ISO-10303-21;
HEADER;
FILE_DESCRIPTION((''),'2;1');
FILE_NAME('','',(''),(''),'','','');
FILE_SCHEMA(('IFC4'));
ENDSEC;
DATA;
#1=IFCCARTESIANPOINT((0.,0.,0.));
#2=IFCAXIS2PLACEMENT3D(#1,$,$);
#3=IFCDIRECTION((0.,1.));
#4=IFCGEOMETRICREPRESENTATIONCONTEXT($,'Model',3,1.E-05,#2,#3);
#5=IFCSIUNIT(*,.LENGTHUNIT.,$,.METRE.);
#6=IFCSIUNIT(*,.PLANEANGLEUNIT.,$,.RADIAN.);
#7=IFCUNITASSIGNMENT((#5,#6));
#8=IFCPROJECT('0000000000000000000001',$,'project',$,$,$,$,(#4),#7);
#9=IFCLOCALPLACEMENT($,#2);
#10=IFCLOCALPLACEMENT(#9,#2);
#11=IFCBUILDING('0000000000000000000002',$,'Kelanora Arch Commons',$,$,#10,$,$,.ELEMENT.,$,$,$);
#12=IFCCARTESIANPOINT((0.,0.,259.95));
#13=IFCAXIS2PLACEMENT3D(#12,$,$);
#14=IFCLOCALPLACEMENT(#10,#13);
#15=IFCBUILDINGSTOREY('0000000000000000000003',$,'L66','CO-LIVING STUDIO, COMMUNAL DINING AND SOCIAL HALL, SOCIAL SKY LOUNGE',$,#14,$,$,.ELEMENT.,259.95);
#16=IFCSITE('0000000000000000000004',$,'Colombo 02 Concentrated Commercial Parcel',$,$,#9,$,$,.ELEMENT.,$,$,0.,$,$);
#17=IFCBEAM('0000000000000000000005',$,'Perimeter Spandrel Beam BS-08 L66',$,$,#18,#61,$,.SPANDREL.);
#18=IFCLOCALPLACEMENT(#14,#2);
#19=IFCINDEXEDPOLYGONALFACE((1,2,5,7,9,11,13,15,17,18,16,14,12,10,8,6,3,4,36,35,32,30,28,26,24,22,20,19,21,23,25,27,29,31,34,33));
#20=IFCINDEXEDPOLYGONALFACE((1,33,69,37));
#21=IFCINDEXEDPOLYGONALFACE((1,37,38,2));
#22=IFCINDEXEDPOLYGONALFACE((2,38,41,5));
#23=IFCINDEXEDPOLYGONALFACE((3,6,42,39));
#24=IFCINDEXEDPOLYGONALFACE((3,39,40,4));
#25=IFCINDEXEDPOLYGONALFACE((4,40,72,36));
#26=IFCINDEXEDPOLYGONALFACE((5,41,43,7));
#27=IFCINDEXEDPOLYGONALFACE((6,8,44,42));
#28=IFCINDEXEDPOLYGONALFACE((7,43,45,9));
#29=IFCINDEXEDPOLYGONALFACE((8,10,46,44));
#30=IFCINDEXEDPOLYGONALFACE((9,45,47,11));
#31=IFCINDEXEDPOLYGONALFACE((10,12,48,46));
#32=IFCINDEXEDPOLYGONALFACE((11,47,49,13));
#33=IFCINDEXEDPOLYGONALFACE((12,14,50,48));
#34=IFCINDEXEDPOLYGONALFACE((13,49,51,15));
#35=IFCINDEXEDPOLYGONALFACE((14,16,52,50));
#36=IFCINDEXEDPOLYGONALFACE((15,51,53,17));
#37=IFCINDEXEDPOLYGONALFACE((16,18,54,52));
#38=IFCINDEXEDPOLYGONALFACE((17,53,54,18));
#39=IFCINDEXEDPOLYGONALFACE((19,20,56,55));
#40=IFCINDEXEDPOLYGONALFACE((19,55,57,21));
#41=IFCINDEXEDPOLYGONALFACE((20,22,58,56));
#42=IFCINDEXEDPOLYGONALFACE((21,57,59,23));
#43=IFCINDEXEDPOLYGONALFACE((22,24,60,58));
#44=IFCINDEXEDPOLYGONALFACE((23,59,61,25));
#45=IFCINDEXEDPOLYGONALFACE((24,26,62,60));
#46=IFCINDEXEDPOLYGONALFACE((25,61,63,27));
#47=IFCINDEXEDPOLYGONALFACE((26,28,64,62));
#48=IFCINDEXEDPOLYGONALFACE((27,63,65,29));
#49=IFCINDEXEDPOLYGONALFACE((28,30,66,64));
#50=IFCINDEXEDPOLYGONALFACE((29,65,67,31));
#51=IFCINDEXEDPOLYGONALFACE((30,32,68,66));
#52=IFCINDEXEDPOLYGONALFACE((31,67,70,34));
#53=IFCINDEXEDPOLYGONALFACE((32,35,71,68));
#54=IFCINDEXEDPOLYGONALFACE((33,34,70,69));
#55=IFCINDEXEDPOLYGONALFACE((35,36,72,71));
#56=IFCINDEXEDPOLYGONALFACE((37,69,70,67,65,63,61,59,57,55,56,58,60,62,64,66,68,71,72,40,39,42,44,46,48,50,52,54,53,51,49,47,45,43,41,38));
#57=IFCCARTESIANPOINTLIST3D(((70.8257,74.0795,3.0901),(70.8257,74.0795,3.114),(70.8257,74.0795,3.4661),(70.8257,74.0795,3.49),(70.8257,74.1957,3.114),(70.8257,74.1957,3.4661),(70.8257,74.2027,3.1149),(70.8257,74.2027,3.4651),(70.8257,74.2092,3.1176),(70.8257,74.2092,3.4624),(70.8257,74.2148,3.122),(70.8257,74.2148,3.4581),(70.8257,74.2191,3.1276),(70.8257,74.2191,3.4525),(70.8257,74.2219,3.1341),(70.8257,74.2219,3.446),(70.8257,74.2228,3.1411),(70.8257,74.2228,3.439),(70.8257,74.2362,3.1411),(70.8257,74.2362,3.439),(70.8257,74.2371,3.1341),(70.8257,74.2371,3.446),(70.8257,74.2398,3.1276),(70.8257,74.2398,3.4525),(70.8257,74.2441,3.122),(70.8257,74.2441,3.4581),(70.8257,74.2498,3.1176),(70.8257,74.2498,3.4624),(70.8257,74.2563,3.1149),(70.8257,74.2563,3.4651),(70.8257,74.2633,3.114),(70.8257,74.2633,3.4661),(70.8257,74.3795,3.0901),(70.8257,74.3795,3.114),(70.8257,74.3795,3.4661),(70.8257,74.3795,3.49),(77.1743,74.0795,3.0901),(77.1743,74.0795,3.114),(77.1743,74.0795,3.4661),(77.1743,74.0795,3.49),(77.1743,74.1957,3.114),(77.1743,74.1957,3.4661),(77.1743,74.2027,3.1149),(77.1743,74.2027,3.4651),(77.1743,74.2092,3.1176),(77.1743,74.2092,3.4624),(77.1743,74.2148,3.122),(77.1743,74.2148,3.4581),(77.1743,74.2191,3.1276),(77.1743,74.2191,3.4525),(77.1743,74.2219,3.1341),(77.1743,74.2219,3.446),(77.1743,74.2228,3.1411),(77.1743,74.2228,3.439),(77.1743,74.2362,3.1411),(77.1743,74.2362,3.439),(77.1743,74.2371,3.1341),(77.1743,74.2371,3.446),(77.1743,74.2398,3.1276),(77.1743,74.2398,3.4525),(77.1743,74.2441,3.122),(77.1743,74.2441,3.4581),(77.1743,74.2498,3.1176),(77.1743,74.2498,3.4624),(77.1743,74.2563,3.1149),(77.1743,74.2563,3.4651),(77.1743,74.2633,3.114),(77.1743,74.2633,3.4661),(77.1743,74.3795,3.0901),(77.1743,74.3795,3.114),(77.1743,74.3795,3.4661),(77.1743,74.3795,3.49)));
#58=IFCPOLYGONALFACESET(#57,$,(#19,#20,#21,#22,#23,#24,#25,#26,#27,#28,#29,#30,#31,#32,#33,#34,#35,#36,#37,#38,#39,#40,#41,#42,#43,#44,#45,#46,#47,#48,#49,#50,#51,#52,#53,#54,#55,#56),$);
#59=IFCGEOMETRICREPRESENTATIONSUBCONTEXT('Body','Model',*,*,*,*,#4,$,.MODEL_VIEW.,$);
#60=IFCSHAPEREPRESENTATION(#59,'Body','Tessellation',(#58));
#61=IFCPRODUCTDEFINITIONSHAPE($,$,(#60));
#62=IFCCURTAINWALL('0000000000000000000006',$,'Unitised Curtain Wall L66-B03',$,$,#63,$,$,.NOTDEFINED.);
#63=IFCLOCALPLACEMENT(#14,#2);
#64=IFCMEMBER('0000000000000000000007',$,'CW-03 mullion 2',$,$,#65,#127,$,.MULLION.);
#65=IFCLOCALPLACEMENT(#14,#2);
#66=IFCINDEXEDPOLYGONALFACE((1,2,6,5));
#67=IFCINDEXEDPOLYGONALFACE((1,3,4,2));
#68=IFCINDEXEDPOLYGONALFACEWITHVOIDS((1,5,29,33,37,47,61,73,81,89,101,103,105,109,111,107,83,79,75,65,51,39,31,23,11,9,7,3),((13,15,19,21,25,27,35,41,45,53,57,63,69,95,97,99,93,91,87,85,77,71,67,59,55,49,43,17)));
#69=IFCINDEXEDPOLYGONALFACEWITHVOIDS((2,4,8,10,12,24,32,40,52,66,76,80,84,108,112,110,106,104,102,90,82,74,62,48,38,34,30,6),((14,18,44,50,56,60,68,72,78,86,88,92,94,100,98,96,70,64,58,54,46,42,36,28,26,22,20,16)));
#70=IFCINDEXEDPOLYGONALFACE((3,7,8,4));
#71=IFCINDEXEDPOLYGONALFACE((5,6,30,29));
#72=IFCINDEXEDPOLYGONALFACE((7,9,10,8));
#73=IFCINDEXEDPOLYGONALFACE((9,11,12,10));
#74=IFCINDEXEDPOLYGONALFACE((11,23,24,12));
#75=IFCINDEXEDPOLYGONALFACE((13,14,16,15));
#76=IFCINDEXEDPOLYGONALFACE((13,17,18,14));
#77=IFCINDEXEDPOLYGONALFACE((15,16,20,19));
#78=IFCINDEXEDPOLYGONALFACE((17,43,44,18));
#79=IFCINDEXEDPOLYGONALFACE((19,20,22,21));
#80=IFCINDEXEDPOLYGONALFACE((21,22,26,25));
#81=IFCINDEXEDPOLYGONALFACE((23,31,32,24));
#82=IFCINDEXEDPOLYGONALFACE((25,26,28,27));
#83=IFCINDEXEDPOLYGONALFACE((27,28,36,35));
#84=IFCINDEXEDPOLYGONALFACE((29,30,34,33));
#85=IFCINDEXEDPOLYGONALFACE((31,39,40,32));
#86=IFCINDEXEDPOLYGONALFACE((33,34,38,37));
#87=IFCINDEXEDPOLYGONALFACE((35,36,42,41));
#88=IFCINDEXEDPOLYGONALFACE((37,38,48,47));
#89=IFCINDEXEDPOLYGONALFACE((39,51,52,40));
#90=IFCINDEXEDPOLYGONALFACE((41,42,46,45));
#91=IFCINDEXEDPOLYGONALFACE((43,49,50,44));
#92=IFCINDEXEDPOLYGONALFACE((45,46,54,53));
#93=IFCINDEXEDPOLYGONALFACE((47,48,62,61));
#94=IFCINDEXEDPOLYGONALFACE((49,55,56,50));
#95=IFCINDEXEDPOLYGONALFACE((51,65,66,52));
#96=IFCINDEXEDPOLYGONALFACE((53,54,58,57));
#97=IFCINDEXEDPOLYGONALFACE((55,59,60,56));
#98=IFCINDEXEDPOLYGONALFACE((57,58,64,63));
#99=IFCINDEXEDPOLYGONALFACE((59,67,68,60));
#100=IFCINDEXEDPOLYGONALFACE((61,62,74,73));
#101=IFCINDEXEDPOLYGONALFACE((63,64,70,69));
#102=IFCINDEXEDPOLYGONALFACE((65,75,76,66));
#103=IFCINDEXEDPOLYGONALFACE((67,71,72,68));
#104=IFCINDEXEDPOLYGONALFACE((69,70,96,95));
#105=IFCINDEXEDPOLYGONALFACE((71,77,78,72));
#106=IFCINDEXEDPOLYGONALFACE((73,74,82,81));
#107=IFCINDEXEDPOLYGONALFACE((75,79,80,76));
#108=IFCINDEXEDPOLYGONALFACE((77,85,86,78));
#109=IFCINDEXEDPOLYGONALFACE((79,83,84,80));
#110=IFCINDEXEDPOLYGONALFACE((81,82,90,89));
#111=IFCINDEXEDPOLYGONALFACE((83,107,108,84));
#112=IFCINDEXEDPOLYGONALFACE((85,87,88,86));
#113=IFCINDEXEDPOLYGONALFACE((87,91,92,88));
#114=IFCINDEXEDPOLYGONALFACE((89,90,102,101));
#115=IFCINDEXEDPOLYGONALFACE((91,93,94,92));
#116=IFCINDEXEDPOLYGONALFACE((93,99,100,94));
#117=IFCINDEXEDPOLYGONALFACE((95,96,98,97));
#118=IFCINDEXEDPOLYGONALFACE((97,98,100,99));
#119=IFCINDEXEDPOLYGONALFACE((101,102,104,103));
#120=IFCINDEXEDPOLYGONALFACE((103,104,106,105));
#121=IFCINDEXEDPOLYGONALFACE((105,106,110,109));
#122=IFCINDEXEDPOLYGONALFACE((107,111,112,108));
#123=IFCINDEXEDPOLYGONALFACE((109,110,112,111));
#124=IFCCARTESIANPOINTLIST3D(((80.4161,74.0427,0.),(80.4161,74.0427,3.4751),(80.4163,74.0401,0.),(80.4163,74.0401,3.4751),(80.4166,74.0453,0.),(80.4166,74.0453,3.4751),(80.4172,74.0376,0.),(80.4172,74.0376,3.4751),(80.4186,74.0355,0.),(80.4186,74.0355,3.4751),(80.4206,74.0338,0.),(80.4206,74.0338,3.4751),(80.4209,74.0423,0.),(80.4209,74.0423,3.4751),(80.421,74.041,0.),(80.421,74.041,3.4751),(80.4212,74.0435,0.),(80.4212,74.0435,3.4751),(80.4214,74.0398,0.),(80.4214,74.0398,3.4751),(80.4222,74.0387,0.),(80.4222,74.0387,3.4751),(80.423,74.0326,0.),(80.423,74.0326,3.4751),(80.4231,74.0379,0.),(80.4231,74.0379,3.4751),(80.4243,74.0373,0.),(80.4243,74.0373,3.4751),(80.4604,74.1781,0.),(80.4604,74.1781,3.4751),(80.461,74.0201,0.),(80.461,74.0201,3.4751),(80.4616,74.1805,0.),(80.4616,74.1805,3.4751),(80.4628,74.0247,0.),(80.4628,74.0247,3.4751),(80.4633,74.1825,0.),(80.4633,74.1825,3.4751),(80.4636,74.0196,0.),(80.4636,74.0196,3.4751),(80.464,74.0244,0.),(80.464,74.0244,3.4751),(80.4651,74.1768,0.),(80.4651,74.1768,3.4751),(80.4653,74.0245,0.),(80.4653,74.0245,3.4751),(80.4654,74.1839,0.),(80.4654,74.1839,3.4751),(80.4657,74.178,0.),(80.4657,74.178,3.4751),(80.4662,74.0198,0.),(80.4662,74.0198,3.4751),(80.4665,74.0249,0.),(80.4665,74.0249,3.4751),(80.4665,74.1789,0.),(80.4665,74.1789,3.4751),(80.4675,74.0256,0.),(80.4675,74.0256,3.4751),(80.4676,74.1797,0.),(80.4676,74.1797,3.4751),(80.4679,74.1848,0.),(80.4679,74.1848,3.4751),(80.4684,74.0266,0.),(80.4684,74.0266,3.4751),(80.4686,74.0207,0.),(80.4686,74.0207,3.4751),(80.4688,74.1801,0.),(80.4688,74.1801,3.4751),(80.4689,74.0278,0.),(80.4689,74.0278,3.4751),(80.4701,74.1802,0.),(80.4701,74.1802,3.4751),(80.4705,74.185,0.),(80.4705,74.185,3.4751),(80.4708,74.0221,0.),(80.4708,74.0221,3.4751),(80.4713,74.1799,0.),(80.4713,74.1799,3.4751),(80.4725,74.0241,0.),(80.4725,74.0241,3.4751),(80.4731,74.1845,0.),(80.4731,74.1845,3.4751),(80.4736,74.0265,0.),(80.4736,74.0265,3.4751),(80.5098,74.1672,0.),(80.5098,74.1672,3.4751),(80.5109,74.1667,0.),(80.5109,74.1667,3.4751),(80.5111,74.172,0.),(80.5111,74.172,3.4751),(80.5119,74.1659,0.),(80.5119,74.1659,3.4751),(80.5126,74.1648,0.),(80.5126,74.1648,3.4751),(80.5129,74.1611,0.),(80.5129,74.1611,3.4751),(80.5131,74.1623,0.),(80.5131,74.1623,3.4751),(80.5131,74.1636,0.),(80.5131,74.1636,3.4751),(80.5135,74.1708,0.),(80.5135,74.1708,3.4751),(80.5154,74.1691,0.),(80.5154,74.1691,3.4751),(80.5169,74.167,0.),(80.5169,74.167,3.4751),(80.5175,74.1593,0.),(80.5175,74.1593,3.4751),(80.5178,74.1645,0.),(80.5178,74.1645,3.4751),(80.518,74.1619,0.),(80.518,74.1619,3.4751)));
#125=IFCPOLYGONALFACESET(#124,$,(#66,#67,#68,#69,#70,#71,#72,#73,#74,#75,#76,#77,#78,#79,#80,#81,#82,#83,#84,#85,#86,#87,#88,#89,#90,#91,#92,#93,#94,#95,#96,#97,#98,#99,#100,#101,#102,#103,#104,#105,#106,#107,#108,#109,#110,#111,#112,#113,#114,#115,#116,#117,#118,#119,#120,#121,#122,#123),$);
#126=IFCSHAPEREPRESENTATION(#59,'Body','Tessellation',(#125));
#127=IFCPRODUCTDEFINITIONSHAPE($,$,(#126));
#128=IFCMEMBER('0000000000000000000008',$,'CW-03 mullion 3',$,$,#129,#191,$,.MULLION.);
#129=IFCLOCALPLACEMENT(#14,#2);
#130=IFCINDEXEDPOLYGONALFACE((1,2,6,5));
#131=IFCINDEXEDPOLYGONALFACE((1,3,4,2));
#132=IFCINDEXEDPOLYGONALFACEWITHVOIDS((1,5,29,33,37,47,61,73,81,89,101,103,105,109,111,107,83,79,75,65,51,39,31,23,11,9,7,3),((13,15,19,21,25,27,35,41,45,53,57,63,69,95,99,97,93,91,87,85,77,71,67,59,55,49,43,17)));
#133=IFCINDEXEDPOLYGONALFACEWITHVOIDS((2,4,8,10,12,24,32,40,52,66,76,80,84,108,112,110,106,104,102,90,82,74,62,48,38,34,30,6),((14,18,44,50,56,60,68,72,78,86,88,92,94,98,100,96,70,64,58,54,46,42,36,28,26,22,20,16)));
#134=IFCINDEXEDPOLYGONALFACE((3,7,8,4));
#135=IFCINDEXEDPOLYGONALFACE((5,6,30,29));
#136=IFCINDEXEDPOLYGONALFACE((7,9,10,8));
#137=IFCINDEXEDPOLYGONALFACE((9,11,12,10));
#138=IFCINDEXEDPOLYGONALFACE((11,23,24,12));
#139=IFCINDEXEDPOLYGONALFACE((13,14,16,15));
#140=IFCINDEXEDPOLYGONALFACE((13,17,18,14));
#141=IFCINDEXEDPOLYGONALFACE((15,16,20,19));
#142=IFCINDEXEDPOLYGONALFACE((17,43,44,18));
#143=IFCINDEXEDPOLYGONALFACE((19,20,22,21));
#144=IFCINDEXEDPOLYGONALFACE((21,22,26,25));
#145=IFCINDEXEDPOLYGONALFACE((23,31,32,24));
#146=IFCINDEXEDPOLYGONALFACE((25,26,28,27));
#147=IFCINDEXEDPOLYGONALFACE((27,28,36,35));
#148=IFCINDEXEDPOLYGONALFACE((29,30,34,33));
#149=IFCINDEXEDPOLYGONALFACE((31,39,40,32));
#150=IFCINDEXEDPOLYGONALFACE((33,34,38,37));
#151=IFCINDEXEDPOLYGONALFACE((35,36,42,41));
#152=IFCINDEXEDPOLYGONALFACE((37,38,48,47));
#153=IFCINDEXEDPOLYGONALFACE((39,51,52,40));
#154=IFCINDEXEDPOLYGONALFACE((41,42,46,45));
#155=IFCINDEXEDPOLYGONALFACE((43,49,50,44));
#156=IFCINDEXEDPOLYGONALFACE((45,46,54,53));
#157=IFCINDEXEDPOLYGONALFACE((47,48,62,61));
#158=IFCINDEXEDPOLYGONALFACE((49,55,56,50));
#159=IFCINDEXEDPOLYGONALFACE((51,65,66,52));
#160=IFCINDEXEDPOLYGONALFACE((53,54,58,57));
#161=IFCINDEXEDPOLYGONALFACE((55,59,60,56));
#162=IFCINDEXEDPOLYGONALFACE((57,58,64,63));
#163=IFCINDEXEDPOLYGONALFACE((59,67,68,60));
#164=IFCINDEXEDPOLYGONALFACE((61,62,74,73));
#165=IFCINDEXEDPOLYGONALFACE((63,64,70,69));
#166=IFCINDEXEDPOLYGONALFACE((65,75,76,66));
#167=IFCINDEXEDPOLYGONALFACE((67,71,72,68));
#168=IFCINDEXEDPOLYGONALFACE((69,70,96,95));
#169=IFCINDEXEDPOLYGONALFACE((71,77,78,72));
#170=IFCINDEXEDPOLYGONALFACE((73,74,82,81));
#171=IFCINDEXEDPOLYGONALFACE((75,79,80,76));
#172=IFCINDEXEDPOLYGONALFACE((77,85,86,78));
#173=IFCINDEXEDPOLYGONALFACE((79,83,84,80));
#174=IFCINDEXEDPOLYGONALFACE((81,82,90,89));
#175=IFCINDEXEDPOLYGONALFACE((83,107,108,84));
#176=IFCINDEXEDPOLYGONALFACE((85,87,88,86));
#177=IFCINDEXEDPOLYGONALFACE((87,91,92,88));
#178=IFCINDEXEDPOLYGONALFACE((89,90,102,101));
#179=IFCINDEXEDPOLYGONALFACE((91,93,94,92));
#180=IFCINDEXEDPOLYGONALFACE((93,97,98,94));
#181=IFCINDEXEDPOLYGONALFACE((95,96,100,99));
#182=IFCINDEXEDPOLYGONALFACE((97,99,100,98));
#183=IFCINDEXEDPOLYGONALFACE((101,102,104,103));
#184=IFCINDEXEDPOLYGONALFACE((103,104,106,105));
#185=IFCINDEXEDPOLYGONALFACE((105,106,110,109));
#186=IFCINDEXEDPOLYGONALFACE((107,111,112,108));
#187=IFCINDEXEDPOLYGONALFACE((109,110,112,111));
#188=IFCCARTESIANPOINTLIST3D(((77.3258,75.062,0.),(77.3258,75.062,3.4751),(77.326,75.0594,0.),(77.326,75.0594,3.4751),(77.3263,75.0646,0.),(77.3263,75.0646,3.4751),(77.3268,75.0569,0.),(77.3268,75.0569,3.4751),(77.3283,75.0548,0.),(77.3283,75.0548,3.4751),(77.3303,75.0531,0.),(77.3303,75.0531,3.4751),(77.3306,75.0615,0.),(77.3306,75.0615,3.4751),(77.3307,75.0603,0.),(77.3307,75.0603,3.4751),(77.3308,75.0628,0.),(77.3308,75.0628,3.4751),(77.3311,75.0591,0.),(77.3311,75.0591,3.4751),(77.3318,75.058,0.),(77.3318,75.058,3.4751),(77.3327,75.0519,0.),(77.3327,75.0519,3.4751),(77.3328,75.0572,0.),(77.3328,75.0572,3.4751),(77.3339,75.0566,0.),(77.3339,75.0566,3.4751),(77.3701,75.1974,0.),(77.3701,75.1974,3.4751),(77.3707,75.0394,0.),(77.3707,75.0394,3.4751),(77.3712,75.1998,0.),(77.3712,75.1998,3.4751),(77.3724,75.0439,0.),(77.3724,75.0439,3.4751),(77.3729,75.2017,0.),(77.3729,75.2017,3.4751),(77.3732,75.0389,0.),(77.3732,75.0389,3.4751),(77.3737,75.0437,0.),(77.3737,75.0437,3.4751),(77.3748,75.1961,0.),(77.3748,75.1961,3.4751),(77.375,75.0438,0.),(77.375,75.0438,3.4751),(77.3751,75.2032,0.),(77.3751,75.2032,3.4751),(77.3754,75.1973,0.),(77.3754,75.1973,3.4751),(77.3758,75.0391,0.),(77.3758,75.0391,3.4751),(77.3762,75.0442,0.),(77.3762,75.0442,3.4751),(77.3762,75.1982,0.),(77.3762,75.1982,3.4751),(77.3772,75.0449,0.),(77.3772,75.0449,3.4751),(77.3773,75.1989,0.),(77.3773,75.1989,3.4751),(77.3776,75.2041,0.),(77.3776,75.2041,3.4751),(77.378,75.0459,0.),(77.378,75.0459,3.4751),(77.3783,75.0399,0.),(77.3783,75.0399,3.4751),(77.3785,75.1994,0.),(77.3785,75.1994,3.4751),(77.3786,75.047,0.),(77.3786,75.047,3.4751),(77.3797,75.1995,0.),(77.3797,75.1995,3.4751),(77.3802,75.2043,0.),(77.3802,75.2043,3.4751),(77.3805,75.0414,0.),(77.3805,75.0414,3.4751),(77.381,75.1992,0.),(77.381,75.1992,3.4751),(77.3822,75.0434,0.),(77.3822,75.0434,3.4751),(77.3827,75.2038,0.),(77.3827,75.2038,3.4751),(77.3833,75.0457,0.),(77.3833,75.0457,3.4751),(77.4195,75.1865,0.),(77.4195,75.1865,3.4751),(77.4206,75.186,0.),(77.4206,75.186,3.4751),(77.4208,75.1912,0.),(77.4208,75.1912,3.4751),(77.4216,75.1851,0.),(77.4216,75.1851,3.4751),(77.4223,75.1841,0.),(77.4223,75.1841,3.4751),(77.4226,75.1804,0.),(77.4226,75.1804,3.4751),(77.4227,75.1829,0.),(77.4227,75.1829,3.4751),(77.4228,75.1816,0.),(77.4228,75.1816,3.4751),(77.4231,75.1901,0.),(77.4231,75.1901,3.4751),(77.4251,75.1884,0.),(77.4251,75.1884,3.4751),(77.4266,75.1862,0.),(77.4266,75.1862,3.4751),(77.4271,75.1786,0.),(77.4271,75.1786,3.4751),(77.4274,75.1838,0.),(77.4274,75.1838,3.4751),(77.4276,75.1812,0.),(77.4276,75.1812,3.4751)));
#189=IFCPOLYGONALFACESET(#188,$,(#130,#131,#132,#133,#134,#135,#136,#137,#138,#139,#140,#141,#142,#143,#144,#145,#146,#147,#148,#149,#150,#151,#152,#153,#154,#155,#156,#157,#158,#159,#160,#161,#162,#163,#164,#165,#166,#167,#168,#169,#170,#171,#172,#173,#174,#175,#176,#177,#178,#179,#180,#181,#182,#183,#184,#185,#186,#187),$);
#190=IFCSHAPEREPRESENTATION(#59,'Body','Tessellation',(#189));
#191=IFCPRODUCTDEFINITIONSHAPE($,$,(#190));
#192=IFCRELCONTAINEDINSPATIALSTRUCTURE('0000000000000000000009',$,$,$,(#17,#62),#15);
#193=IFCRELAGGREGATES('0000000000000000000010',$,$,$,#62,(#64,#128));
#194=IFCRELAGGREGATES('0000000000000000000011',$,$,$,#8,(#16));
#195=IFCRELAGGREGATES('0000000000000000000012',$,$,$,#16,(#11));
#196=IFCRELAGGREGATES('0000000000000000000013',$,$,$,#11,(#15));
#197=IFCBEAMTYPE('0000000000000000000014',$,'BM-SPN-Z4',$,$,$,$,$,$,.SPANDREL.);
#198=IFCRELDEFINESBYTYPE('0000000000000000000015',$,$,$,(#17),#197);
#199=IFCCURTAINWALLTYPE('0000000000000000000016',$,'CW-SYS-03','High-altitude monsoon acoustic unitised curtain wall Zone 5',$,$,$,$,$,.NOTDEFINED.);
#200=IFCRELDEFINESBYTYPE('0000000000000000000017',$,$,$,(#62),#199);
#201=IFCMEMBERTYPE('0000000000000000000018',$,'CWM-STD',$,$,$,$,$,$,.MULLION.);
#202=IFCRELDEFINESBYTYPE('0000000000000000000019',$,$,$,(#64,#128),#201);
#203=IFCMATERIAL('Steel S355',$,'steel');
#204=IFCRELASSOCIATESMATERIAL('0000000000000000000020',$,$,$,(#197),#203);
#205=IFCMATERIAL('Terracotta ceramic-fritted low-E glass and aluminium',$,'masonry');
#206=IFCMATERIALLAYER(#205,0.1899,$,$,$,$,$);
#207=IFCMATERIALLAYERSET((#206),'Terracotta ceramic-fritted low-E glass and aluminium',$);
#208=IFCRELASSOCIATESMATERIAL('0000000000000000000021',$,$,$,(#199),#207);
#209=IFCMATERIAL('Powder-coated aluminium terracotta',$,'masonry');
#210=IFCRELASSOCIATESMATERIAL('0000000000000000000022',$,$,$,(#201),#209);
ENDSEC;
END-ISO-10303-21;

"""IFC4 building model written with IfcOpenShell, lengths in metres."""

from ifc_helpers import new_model, si_unit, direction, frame, origin, origin_2d, place, context, subcontext, project, spatial, hollow_rectangle, i_section, extrude, material, layer, layer_set, material_profile, profile_set, type_object, element, aggregate, save


model = new_model("IFC4")

# Units and contexts
model_context = context("Model", 3, precision=1e-05, world=origin(), true_north=direction((0.0, 1.0)))
body_context = subcontext(model_context, "Body", "Model", "MODEL_VIEW")
ifc_project = project(units=[si_unit("LENGTHUNIT", "METRE"), si_unit("PLANEANGLEUNIT", "RADIAN")], contexts=[model_context])

# Site, building, storey
site_placement = place(None, origin())
site = spatial("IfcSite", under=ifc_project, at=site_placement, Name="Colombo 02 Concentrated Commercial Parcel", CompositionType="ELEMENT", RefElevation=0.0)
building_placement = place(site_placement, origin())
building = spatial("IfcBuilding", under=site, at=building_placement, Name="Kelanora Arch Commons", CompositionType="ELEMENT")
storey_placement = place(building_placement, frame((0.0, 0.0, 259.95)))
storey = spatial("IfcBuildingStorey", under=building, at=storey_placement, Name="L66", Description="CO-LIVING STUDIO, COMMUNAL DINING AND SOCIAL HALL, SOCIAL SKY LOUNGE", CompositionType="ELEMENT", Elevation=259.95)

# Beam
ifc_material_1 = material(Name="Steel S355", Category="steel")
ifc_material_profile_1 = material_profile(ifc_material_1, i_section(OverallWidth=0.3, OverallDepth=0.3999, WebThickness=0.0134, FlangeThickness=0.0239, FilletRadius=0.0271, at=origin_2d()), Name="HEB400")
ifc_profile_set_1 = profile_set([ifc_material_profile_1], Name="Steel S355")
beam_type_1 = type_object("IfcBeamType", Name="BM-SPN-Z4", PredefinedType="SPANDREL", material=ifc_profile_set_1)
beam_1_placement = place(storey_placement, frame((77.1743, 74.2295, 3.29), z_axis=(-1.0, 0.0, 0.0), x_axis=(0.0, -1.0, 0.0)))
element("IfcBeam", 1, at=beam_1_placement, inside=storey, type_object=beam_type_1, Name="Perimeter Spandrel Beam BS-08 L66", PredefinedType="SPANDREL", context=body_context, shape_type="SweptSolid", body=[
    extrude(i_section(OverallWidth=0.3, OverallDepth=0.3999, WebThickness=0.0134, FlangeThickness=0.0239, FilletRadius=0.0271, at=origin_2d()), origin(), (0.0, 0.0, 1.0), 6.3486),
])

# Curtain wall, members
ifc_material_2 = material(Name="Terracotta ceramic-fritted low-E glass and aluminium", Category="masonry")
ifc_layer_1 = layer(ifc_material_2, 0.1899)
ifc_layer_set_1 = layer_set([ifc_layer_1], Name="Terracotta ceramic-fritted low-E glass and aluminium")
curtain_wall_type = type_object("IfcCurtainWallType", Name="CW-SYS-03", Description="High-altitude monsoon acoustic unitised curtain wall Zone 5", PredefinedType="NOTDEFINED", material=ifc_layer_set_1)
curtain_wall_placement = place(storey_placement, origin())
curtain_wall = element("IfcCurtainWall", 2, at=curtain_wall_placement, inside=storey, type_object=curtain_wall_type, Name="Unitised Curtain Wall L66-B03", PredefinedType="NOTDEFINED")
ifc_material_3 = material(Name="Powder-coated aluminium terracotta", Category="masonry")
ifc_material_profile_2 = material_profile(ifc_material_3, hollow_rectangle(XDim=0.1599, YDim=0.0601, WallThickness=0.0049, InnerFilletRadius=0.0049, OuterFilletRadius=0.01, at=origin_2d()), Name="CWM160x60")
ifc_profile_set_2 = profile_set([ifc_material_profile_2], Name="Powder-coated aluminium terracotta")
member_type_1 = type_object("IfcMemberType", Name="CWM-STD", PredefinedType="MULLION", material=ifc_profile_set_2)
member_1_placement = place(storey_placement, frame((80.467, 74.1023, 0.0), z_axis=(0.0, 0.0, 1.0), x_axis=(-0.313253, -0.94967, 0.0)))
member_1 = element("IfcMember", 3, at=member_1_placement, type_object=member_type_1, Name="CW-03 mullion 2", PredefinedType="MULLION", context=body_context, shape_type="SweptSolid", body=[
    extrude(hollow_rectangle(XDim=0.1599, YDim=0.0601, WallThickness=0.0049, InnerFilletRadius=0.0049, OuterFilletRadius=0.01, at=origin_2d()), origin(), (0.0, 0.0, 1.0), 3.4751),
])
member_2_placement = place(storey_placement, frame((77.3767, 75.1216, 0.0), z_axis=(0.0, 0.0, 1.0), x_axis=(-0.313253, -0.94967, 0.0)))
member_2 = element("IfcMember", 4, at=member_2_placement, type_object=member_type_1, Name="CW-03 mullion 3", PredefinedType="MULLION", context=body_context, shape_type="SweptSolid", body=[
    extrude(hollow_rectangle(XDim=0.1599, YDim=0.0601, WallThickness=0.0049, InnerFilletRadius=0.0049, OuterFilletRadius=0.01, at=origin_2d()), origin(), (0.0, 0.0, 1.0), 3.4751),
])
aggregate(curtain_wall, [member_1, member_2])

save(model, "model.ifc")
